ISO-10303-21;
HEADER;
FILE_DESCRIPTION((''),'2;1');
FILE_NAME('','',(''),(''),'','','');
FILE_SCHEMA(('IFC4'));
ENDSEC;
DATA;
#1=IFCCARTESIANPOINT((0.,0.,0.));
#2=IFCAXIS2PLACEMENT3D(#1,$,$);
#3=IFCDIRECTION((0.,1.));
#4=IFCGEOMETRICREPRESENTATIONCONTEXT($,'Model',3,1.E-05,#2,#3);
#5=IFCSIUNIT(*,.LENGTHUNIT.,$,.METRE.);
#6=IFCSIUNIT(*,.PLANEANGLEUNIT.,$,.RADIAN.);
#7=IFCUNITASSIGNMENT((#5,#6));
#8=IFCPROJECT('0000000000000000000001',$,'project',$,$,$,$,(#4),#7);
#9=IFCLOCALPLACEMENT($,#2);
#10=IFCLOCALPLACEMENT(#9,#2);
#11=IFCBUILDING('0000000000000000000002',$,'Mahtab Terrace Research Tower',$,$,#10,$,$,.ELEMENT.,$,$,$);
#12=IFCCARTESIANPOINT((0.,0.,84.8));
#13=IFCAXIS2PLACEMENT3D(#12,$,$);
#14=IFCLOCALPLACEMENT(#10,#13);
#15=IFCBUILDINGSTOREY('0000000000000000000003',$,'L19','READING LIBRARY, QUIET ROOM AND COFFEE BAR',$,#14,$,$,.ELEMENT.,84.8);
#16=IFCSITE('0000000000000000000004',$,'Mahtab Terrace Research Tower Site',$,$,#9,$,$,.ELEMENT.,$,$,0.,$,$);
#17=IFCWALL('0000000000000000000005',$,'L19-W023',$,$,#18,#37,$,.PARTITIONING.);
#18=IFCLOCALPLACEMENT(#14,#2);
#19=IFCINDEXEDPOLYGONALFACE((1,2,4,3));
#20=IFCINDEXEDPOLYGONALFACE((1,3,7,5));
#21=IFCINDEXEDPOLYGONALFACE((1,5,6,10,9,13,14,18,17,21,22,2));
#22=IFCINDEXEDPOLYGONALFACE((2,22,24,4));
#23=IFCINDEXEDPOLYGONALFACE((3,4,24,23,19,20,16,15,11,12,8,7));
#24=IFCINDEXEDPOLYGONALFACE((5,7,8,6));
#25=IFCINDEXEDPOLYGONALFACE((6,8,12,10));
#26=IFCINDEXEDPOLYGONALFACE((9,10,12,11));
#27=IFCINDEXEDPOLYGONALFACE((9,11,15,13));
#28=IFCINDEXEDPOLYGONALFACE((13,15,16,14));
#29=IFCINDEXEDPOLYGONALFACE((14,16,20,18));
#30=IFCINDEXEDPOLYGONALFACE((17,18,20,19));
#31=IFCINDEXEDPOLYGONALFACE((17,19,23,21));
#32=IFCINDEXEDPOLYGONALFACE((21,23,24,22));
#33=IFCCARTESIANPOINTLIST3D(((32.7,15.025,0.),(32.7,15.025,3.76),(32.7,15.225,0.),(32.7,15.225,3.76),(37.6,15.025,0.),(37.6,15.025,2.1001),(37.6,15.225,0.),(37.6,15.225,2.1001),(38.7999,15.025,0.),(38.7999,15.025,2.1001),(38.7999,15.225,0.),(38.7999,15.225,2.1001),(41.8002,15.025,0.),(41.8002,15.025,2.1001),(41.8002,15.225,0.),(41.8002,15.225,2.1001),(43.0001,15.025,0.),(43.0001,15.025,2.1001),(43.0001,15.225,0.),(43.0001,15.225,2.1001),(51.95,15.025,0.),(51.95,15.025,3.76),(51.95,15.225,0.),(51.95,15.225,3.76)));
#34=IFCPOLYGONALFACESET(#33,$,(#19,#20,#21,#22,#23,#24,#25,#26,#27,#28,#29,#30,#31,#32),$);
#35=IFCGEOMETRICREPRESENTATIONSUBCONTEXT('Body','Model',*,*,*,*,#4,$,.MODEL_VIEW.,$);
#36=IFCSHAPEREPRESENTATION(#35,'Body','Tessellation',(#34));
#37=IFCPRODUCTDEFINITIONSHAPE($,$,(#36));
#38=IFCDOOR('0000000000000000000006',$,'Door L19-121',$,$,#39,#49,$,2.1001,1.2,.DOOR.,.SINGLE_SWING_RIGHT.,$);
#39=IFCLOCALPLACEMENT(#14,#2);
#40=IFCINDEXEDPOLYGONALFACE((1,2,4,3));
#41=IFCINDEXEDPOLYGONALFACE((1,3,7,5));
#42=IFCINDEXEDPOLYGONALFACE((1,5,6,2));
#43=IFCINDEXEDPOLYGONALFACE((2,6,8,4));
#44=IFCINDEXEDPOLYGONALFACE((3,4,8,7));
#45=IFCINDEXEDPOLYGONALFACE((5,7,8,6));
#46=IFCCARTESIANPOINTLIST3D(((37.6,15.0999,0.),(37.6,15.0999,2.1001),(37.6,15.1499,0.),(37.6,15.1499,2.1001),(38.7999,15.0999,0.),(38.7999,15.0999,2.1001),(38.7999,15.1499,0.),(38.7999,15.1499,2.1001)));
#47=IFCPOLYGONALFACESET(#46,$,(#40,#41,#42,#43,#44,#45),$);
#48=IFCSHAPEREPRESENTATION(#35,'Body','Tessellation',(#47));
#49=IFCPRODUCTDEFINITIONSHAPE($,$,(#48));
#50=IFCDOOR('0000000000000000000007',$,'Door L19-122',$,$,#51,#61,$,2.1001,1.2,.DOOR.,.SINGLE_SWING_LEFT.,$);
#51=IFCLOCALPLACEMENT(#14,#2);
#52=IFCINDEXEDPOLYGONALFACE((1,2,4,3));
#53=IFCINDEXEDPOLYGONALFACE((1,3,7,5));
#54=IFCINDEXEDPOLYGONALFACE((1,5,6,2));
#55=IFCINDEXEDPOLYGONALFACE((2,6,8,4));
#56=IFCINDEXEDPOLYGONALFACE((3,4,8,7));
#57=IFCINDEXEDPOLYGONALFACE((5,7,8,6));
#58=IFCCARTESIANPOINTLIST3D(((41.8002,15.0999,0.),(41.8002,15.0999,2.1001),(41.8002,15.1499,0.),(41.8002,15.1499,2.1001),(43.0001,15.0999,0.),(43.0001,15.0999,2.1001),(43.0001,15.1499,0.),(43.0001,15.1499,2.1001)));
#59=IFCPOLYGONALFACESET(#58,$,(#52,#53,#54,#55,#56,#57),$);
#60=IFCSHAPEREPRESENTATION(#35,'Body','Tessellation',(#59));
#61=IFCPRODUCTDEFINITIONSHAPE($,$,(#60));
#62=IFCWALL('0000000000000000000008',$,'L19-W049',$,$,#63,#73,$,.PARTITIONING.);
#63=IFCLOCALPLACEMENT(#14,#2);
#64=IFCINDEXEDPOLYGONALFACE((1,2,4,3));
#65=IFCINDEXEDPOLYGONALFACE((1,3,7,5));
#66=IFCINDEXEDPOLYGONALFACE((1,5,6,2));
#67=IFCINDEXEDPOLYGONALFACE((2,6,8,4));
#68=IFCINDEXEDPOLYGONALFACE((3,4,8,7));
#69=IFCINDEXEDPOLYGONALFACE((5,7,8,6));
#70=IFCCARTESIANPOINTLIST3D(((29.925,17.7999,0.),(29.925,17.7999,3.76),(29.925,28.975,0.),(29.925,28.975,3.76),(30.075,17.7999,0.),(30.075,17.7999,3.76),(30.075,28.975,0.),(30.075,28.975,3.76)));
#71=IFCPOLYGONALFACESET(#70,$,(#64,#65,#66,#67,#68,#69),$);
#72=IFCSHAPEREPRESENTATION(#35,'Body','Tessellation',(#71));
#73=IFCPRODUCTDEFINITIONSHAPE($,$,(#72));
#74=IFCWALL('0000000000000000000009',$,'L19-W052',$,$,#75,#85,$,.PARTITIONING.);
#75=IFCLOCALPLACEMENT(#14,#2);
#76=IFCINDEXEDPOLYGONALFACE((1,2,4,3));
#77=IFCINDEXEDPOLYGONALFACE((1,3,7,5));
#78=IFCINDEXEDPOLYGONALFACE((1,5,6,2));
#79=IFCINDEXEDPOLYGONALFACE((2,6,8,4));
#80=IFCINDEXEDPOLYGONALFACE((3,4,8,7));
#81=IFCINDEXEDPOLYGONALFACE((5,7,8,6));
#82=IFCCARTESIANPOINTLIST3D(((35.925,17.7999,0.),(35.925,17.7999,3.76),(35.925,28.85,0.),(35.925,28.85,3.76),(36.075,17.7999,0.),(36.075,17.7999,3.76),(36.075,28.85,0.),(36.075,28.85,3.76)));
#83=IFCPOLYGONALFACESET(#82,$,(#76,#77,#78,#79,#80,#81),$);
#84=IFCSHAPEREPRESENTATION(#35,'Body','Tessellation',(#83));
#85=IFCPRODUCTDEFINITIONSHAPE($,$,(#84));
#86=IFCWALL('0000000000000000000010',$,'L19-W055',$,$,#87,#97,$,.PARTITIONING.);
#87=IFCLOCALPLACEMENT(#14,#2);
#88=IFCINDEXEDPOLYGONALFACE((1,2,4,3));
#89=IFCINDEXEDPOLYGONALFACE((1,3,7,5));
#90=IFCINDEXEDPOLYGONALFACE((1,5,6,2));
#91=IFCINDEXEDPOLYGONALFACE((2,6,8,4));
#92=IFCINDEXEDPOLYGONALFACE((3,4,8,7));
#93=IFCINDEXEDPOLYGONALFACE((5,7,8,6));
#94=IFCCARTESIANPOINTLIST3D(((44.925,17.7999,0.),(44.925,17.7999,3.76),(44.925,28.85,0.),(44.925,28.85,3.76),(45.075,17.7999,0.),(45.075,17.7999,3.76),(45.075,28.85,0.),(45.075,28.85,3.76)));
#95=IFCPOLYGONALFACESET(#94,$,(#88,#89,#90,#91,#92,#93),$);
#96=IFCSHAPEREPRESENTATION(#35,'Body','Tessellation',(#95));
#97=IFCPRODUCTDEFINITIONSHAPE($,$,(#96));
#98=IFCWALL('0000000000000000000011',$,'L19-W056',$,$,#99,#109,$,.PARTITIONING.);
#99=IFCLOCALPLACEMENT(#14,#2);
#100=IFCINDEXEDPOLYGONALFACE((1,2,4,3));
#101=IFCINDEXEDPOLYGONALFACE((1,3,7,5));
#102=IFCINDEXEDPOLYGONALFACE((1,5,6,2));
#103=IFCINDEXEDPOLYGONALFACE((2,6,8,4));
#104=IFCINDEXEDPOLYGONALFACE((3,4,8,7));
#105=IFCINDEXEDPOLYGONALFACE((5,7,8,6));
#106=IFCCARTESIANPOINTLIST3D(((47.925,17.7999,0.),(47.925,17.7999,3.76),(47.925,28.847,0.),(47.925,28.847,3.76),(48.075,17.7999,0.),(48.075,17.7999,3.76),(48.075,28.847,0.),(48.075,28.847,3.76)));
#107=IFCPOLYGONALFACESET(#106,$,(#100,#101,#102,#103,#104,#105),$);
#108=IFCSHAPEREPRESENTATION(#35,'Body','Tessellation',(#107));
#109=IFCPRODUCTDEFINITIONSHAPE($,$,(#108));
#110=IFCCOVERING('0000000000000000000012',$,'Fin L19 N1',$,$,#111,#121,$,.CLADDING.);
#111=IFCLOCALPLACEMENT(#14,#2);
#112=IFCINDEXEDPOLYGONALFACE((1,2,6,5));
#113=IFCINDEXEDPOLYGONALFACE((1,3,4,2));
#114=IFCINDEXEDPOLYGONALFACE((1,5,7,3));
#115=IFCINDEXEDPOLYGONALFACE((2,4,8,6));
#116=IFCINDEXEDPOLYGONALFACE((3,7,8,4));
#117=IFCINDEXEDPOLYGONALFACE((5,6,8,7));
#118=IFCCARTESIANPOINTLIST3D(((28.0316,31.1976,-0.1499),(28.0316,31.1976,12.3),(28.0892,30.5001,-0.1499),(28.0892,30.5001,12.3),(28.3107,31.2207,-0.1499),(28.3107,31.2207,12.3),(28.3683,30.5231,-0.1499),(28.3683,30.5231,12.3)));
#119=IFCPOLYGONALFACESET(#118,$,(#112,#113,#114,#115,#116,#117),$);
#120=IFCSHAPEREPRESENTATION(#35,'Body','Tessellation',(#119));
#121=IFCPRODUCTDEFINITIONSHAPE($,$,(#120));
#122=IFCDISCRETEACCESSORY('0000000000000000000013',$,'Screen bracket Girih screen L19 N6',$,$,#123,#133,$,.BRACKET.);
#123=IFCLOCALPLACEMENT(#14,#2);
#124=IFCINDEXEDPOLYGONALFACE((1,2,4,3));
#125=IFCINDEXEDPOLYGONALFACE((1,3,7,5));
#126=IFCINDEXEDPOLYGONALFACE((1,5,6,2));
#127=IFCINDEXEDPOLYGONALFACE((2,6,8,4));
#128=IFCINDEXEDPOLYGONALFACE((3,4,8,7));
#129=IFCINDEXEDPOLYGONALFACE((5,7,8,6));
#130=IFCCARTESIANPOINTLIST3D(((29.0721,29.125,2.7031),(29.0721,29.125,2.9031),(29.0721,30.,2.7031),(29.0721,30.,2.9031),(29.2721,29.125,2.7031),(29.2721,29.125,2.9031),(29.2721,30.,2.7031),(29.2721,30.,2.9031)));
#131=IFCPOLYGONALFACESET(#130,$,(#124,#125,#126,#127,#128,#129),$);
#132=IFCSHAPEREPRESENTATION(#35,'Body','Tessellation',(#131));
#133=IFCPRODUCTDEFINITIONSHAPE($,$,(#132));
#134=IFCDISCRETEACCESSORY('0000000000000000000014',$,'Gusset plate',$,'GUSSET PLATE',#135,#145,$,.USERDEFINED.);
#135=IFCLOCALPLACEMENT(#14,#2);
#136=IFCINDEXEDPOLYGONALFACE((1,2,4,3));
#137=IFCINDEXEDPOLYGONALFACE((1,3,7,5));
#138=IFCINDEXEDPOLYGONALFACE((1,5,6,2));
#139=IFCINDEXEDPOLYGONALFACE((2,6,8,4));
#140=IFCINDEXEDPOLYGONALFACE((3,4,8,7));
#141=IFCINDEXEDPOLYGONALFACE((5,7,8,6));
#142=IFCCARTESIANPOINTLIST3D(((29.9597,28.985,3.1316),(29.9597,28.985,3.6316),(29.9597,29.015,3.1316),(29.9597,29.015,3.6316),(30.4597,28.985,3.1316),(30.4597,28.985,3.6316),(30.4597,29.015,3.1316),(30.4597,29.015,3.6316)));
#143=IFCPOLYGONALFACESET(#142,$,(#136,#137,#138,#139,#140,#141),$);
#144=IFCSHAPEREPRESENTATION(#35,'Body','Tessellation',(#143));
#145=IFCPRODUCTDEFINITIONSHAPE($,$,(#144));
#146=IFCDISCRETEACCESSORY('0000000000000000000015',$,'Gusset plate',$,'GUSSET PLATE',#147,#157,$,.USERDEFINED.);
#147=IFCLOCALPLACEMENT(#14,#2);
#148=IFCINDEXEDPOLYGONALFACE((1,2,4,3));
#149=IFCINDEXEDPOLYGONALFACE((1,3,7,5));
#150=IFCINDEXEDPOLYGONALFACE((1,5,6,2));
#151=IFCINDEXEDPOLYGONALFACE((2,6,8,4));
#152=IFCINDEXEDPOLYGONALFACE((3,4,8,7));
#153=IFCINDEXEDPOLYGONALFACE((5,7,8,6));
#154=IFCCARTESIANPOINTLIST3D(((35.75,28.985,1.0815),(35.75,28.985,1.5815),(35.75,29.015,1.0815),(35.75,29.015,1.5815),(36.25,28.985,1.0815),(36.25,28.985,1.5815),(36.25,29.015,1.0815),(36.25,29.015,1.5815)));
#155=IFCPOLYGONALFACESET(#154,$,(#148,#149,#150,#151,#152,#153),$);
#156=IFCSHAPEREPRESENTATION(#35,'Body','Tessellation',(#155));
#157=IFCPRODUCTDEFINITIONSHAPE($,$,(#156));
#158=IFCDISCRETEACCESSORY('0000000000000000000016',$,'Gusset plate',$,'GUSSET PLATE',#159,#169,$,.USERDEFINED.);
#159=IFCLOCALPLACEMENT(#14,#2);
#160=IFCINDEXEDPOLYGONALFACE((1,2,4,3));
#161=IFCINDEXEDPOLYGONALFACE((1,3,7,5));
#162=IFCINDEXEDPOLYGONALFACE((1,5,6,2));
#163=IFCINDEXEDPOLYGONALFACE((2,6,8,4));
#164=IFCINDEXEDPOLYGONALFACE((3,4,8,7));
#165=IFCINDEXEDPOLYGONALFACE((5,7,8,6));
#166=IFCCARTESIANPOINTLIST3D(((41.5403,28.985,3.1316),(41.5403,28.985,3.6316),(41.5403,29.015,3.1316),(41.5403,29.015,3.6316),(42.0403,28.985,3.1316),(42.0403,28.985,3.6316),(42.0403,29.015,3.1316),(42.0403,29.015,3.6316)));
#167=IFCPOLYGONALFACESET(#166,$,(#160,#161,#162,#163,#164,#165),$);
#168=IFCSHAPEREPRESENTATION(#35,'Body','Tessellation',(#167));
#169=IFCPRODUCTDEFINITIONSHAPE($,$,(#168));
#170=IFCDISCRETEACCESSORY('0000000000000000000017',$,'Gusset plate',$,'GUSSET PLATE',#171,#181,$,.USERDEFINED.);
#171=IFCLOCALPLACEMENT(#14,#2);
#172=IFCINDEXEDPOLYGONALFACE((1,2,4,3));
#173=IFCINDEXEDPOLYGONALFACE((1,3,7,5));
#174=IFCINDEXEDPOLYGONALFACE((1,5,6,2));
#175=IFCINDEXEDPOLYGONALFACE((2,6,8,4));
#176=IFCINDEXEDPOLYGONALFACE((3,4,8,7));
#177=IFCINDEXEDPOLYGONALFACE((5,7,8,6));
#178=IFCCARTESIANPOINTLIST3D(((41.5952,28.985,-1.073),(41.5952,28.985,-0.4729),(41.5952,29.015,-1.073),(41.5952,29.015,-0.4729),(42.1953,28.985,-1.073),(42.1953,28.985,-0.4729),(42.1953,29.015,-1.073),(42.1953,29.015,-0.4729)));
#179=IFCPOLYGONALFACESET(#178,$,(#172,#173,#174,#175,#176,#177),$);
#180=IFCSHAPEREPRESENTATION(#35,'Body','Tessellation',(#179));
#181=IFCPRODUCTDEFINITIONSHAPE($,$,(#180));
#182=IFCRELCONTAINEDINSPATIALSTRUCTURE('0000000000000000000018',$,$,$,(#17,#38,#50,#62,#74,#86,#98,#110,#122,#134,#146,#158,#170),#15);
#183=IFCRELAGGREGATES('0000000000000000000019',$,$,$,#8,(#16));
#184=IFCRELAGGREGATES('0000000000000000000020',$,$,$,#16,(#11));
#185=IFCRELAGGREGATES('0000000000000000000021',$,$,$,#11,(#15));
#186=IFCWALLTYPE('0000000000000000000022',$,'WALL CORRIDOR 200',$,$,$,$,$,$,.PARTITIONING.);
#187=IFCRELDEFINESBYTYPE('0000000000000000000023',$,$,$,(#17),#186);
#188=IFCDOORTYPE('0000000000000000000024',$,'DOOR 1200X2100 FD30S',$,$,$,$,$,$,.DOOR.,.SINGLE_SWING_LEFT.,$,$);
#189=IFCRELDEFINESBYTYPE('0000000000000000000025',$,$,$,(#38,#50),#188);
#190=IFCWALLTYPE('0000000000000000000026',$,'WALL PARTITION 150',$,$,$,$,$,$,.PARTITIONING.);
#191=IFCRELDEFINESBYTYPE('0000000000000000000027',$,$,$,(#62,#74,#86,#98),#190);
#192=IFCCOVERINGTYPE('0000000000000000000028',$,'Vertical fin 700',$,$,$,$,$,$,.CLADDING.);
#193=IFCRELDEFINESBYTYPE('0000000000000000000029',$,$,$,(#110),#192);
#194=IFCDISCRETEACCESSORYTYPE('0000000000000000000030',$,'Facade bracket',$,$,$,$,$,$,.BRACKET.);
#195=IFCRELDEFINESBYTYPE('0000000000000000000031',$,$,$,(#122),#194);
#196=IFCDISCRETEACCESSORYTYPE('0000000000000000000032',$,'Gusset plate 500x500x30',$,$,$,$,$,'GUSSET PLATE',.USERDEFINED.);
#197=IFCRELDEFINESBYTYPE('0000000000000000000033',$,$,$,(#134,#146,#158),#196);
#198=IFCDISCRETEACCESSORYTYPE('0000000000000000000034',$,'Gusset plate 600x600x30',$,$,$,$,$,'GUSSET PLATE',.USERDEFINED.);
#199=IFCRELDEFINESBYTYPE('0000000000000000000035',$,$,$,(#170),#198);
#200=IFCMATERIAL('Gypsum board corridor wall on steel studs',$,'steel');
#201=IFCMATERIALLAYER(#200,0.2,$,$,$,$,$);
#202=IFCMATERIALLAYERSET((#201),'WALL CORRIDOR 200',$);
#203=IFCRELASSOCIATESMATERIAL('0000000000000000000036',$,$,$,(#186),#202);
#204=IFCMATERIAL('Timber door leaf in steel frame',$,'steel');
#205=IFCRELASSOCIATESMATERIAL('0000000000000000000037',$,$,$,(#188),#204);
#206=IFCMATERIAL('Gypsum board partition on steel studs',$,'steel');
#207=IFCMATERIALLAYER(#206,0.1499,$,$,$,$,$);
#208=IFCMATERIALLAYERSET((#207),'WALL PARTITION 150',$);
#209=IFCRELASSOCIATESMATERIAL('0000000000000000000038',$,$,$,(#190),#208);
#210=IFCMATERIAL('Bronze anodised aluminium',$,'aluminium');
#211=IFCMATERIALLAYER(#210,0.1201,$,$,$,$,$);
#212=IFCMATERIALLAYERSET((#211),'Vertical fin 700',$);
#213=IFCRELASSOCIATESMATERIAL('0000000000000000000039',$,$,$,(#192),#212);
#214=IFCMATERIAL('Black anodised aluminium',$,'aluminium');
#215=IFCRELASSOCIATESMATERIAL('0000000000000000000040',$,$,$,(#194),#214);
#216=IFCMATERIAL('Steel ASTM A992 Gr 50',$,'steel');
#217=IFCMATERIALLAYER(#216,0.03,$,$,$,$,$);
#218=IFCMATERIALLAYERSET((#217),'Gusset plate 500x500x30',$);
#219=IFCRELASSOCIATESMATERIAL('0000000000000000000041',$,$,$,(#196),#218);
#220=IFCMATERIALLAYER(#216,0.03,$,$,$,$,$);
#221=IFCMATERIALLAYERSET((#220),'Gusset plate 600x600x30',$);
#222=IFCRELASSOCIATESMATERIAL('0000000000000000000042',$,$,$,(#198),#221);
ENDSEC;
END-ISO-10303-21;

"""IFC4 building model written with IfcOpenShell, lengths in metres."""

from ifc_helpers import new_model, si_unit, direction, frame, frame_2d, origin, origin_2d, place, context, subcontext, project, spatial, rectangle, extrude, material, layer, layer_set, type_object, element, fill, save


model = new_model("IFC4")

# Units and contexts
model_context = context("Model", 3, precision=1e-05, world=origin(), true_north=direction((0.0, 1.0)))
body_context = subcontext(model_context, "Body", "Model", "MODEL_VIEW")
ifc_project = project(units=[si_unit("LENGTHUNIT", "METRE"), si_unit("PLANEANGLEUNIT", "RADIAN")], contexts=[model_context])

# Site, building, storey
site_placement = place(None, origin())
site = spatial("IfcSite", under=ifc_project, at=site_placement, Name="Mahtab Terrace Research Tower Site", CompositionType="ELEMENT", RefElevation=0.0)
building_placement = place(site_placement, origin())
building = spatial("IfcBuilding", under=site, at=building_placement, Name="Mahtab Terrace Research Tower", CompositionType="ELEMENT")
storey_placement = place(building_placement, frame((0.0, 0.0, 84.8)))
storey = spatial("IfcBuildingStorey", under=building, at=storey_placement, Name="L19", Description="READING LIBRARY, QUIET ROOM AND COFFEE BAR", CompositionType="ELEMENT", Elevation=84.8)

# Shared definitions
ifc_material_1 = material(Name="Steel ASTM A992 Gr 50", Category="steel")

# Wall, openings, doors
ifc_material_2 = material(Name="Gypsum board corridor wall on steel studs", Category="steel")
ifc_layer_1 = layer(ifc_material_2, 0.2)
ifc_layer_set_1 = layer_set([ifc_layer_1], Name="WALL CORRIDOR 200")
wall_type_1 = type_object("IfcWallType", Name="WALL CORRIDOR 200", PredefinedType="PARTITIONING", material=ifc_layer_set_1)
wall_1_placement = place(storey_placement, frame((32.7, 15.125, 0.0), z_axis=(0.0, 0.0, 1.0), x_axis=(1.0, 0.0, 0.0)))
wall_1 = element("IfcWall", 1, at=wall_1_placement, inside=storey, type_object=wall_type_1, Name="L19-W023", PredefinedType="PARTITIONING", context=body_context, shape_type="SweptSolid", body=[
    extrude(rectangle(XDim=19.25, YDim=0.2, at=frame_2d((9.625, 0.0))), origin(), (0.0, 0.0, 1.0), 3.76),
])
opening_1_placement = place(wall_1_placement, frame((4.8999, 0.0, 0.0)))
opening_1 = element("IfcOpeningElement", 2, at=opening_1_placement, cuts=wall_1, PredefinedType="OPENING", context=body_context, shape_type="SweptSolid", body=[
    extrude(rectangle(XDim=1.2, YDim=2.1001, at=frame_2d((0.6001, 1.05))), frame((0.0, 0.1099, 0.0), z_axis=(0.0, -1.0, 0.0), x_axis=(1.0, 0.0, 0.0)), (0.0, 0.0, 1.0), 0.22),
])
opening_2_placement = place(wall_1_placement, frame((9.1001, 0.0, 0.0)))
opening_2 = element("IfcOpeningElement", 3, at=opening_2_placement, cuts=wall_1, PredefinedType="OPENING", context=body_context, shape_type="SweptSolid", body=[
    extrude(rectangle(XDim=1.2, YDim=2.1001, at=frame_2d((0.6001, 1.05))), frame((0.0, 0.1099, 0.0), z_axis=(0.0, -1.0, 0.0), x_axis=(1.0, 0.0, 0.0)), (0.0, 0.0, 1.0), 0.22),
])
ifc_material_3 = material(Name="Timber door leaf in steel frame", Category="steel")
door_type = type_object("IfcDoorType", Name="DOOR 1200X2100 FD30S", OperationType="SINGLE_SWING_LEFT", PredefinedType="DOOR", material=ifc_material_3)
door_1_placement = place(opening_1_placement, origin())
door_1 = element("IfcDoor", 4, at=door_1_placement, inside=storey, type_object=door_type, Name="Door L19-121", OperationType="SINGLE_SWING_RIGHT", OverallHeight=2.1001, OverallWidth=1.2, PredefinedType="DOOR", context=body_context, shape_type="SweptSolid", body=[
    extrude(rectangle(XDim=1.2, YDim=2.1001, at=frame_2d((0.6001, 1.05))), frame((0.0, 0.0249, 0.0), z_axis=(0.0, -1.0, 0.0), x_axis=(1.0, 0.0, 0.0)), (0.0, 0.0, 1.0), 0.05),
])
fill(opening_1, door_1)
door_2_placement = place(opening_2_placement, origin())
door_2 = element("IfcDoor", 5, at=door_2_placement, inside=storey, type_object=door_type, Name="Door L19-122", OperationType="SINGLE_SWING_LEFT", OverallHeight=2.1001, OverallWidth=1.2, PredefinedType="DOOR", context=body_context, shape_type="SweptSolid", body=[
    extrude(rectangle(XDim=1.2, YDim=2.1001, at=frame_2d((0.6001, 1.05))), frame((0.0, 0.0249, 0.0), z_axis=(0.0, -1.0, 0.0), x_axis=(1.0, 0.0, 0.0)), (0.0, 0.0, 1.0), 0.05),
])
fill(opening_2, door_2)

# Walls
ifc_material_4 = material(Name="Gypsum board partition on steel studs", Category="steel")
ifc_layer_2 = layer(ifc_material_4, 0.1499)
ifc_layer_set_2 = layer_set([ifc_layer_2], Name="WALL PARTITION 150")
wall_type_2 = type_object("IfcWallType", Name="WALL PARTITION 150", PredefinedType="PARTITIONING", material=ifc_layer_set_2)
wall_2_placement = place(storey_placement, frame((30.0, 17.8, 0.0), z_axis=(0.0, 0.0, 1.0), x_axis=(0.0, 1.0, 0.0)))
element("IfcWall", 6, at=wall_2_placement, inside=storey, type_object=wall_type_2, Name="L19-W049", PredefinedType="PARTITIONING", context=body_context, shape_type="SweptSolid", body=[
    extrude(rectangle(XDim=11.175, YDim=0.1499, at=frame_2d((5.5874, 0.0))), origin(), (0.0, 0.0, 1.0), 3.76),
])
for number, where, z_axis, x_axis, name in (
    (7, (36.0, 17.8, 0.0), (0.0, 0.0, 1.0), (0.0, 1.0, 0.0), "L19-W052"),
    (8, (45.0, 17.8, 0.0), (0.0, 0.0, 1.0), (0.0, 1.0, 0.0), "L19-W055"),
):
    element("IfcWall", number, at=place(storey_placement, frame(where, z_axis=z_axis, x_axis=x_axis)), inside=storey, type_object=wall_type_2, Name=name, PredefinedType="PARTITIONING", context=body_context, shape_type="SweptSolid", body=[
        extrude(rectangle(XDim=11.05, YDim=0.1499, at=frame_2d((5.5249, 0.0))), origin(), (0.0, 0.0, 1.0), 3.76),
    ])
wall_3_placement = place(storey_placement, frame((48.0, 17.8, 0.0), z_axis=(0.0, 0.0, 1.0), x_axis=(0.0, 1.0, 0.0)))
element("IfcWall", 9, at=wall_3_placement, inside=storey, type_object=wall_type_2, Name="L19-W056", PredefinedType="PARTITIONING", context=body_context, shape_type="SweptSolid", body=[
    extrude(rectangle(XDim=11.0471, YDim=0.1499, at=frame_2d((5.5234, 0.0))), origin(), (0.0, 0.0, 1.0), 3.76),
])

# Covering
ifc_material_5 = material(Name="Bronze anodised aluminium", Category="aluminium")
ifc_layer_3 = layer(ifc_material_5, 0.1201)
ifc_layer_set_3 = layer_set([ifc_layer_3], Name="Vertical fin 700")
covering_type = type_object("IfcCoveringType", Name="Vertical fin 700", PredefinedType="CLADDING", material=ifc_layer_set_3)
covering_placement = place(storey_placement, frame((28.2, 30.8604, -0.1499), z_axis=(0.0, 0.0, 1.0), x_axis=(-0.996617, -0.082187, 0.0)))
element("IfcCovering", 10, at=covering_placement, inside=storey, type_object=covering_type, Name="Fin L19 N1", PredefinedType="CLADDING", context=body_context, shape_type="SweptSolid", body=[
    extrude(rectangle(XDim=0.28, YDim=0.7, at=origin_2d()), origin(), (0.0, 0.0, 1.0), 12.45),
])

# Discrete accessories
ifc_material_6 = material(Name="Black anodised aluminium", Category="aluminium")
discrete_accessory_type_1 = type_object("IfcDiscreteAccessoryType", Name="Facade bracket", PredefinedType="BRACKET", material=ifc_material_6)
discrete_accessory_1_placement = place(storey_placement, frame((29.1721, 29.5625, 2.7031), z_axis=(0.0, 0.0, 1.0), x_axis=(-1.0, 0.0, 0.0)))
element("IfcDiscreteAccessory", 11, at=discrete_accessory_1_placement, inside=storey, type_object=discrete_accessory_type_1, Name="Screen bracket Girih screen L19 N6", PredefinedType="BRACKET", context=body_context, shape_type="SweptSolid", body=[
    extrude(rectangle(XDim=0.2, YDim=0.875, at=origin_2d()), origin(), (0.0, 0.0, 1.0), 0.2),
])
ifc_layer_4 = layer(ifc_material_1, 0.03)
ifc_layer_set_4 = layer_set([ifc_layer_4], Name="Gusset plate 500x500x30")
discrete_accessory_type_2 = type_object("IfcDiscreteAccessoryType", Name="Gusset plate 500x500x30", ElementType="GUSSET PLATE", PredefinedType="USERDEFINED", material=ifc_layer_set_4)
for number, where, z_axis, x_axis, name in (
    (12, (30.2097, 29.0, 3.1316), (0.0, 0.0, 1.0), (1.0, 0.0, 0.0), "Gusset plate"),
    (13, (36.0, 29.0, 1.0815), (0.0, 0.0, 1.0), (1.0, 0.0, 0.0), "Gusset plate"),
    (14, (41.7903, 29.0, 3.1316), (0.0, 0.0, 1.0), (1.0, 0.0, 0.0), "Gusset plate"),
):
    element("IfcDiscreteAccessory", number, at=place(storey_placement, frame(where, z_axis=z_axis, x_axis=x_axis)), inside=storey, type_object=discrete_accessory_type_2, Name=name, ObjectType="GUSSET PLATE", PredefinedType="USERDEFINED", context=body_context, shape_type="SweptSolid", body=[
        extrude(rectangle(XDim=0.5, YDim=0.03, at=origin_2d()), origin(), (0.0, 0.0, 1.0), 0.5),
    ])
ifc_layer_5 = layer(ifc_material_1, 0.03)
ifc_layer_set_5 = layer_set([ifc_layer_5], Name="Gusset plate 600x600x30")
discrete_accessory_type_3 = type_object("IfcDiscreteAccessoryType", Name="Gusset plate 600x600x30", ElementType="GUSSET PLATE", PredefinedType="USERDEFINED", material=ifc_layer_set_5)
discrete_accessory_2_placement = place(storey_placement, frame((41.8953, 29.0, -1.073), z_axis=(0.0, 0.0, 1.0), x_axis=(1.0, 0.0, 0.0)))
element("IfcDiscreteAccessory", 15, at=discrete_accessory_2_placement, inside=storey, type_object=discrete_accessory_type_3, Name="Gusset plate", ObjectType="GUSSET PLATE", PredefinedType="USERDEFINED", context=body_context, shape_type="SweptSolid", body=[
    extrude(rectangle(XDim=0.6001, YDim=0.03, at=origin_2d()), origin(), (0.0, 0.0, 1.0), 0.6001),
])

save(model, "model.ifc")
